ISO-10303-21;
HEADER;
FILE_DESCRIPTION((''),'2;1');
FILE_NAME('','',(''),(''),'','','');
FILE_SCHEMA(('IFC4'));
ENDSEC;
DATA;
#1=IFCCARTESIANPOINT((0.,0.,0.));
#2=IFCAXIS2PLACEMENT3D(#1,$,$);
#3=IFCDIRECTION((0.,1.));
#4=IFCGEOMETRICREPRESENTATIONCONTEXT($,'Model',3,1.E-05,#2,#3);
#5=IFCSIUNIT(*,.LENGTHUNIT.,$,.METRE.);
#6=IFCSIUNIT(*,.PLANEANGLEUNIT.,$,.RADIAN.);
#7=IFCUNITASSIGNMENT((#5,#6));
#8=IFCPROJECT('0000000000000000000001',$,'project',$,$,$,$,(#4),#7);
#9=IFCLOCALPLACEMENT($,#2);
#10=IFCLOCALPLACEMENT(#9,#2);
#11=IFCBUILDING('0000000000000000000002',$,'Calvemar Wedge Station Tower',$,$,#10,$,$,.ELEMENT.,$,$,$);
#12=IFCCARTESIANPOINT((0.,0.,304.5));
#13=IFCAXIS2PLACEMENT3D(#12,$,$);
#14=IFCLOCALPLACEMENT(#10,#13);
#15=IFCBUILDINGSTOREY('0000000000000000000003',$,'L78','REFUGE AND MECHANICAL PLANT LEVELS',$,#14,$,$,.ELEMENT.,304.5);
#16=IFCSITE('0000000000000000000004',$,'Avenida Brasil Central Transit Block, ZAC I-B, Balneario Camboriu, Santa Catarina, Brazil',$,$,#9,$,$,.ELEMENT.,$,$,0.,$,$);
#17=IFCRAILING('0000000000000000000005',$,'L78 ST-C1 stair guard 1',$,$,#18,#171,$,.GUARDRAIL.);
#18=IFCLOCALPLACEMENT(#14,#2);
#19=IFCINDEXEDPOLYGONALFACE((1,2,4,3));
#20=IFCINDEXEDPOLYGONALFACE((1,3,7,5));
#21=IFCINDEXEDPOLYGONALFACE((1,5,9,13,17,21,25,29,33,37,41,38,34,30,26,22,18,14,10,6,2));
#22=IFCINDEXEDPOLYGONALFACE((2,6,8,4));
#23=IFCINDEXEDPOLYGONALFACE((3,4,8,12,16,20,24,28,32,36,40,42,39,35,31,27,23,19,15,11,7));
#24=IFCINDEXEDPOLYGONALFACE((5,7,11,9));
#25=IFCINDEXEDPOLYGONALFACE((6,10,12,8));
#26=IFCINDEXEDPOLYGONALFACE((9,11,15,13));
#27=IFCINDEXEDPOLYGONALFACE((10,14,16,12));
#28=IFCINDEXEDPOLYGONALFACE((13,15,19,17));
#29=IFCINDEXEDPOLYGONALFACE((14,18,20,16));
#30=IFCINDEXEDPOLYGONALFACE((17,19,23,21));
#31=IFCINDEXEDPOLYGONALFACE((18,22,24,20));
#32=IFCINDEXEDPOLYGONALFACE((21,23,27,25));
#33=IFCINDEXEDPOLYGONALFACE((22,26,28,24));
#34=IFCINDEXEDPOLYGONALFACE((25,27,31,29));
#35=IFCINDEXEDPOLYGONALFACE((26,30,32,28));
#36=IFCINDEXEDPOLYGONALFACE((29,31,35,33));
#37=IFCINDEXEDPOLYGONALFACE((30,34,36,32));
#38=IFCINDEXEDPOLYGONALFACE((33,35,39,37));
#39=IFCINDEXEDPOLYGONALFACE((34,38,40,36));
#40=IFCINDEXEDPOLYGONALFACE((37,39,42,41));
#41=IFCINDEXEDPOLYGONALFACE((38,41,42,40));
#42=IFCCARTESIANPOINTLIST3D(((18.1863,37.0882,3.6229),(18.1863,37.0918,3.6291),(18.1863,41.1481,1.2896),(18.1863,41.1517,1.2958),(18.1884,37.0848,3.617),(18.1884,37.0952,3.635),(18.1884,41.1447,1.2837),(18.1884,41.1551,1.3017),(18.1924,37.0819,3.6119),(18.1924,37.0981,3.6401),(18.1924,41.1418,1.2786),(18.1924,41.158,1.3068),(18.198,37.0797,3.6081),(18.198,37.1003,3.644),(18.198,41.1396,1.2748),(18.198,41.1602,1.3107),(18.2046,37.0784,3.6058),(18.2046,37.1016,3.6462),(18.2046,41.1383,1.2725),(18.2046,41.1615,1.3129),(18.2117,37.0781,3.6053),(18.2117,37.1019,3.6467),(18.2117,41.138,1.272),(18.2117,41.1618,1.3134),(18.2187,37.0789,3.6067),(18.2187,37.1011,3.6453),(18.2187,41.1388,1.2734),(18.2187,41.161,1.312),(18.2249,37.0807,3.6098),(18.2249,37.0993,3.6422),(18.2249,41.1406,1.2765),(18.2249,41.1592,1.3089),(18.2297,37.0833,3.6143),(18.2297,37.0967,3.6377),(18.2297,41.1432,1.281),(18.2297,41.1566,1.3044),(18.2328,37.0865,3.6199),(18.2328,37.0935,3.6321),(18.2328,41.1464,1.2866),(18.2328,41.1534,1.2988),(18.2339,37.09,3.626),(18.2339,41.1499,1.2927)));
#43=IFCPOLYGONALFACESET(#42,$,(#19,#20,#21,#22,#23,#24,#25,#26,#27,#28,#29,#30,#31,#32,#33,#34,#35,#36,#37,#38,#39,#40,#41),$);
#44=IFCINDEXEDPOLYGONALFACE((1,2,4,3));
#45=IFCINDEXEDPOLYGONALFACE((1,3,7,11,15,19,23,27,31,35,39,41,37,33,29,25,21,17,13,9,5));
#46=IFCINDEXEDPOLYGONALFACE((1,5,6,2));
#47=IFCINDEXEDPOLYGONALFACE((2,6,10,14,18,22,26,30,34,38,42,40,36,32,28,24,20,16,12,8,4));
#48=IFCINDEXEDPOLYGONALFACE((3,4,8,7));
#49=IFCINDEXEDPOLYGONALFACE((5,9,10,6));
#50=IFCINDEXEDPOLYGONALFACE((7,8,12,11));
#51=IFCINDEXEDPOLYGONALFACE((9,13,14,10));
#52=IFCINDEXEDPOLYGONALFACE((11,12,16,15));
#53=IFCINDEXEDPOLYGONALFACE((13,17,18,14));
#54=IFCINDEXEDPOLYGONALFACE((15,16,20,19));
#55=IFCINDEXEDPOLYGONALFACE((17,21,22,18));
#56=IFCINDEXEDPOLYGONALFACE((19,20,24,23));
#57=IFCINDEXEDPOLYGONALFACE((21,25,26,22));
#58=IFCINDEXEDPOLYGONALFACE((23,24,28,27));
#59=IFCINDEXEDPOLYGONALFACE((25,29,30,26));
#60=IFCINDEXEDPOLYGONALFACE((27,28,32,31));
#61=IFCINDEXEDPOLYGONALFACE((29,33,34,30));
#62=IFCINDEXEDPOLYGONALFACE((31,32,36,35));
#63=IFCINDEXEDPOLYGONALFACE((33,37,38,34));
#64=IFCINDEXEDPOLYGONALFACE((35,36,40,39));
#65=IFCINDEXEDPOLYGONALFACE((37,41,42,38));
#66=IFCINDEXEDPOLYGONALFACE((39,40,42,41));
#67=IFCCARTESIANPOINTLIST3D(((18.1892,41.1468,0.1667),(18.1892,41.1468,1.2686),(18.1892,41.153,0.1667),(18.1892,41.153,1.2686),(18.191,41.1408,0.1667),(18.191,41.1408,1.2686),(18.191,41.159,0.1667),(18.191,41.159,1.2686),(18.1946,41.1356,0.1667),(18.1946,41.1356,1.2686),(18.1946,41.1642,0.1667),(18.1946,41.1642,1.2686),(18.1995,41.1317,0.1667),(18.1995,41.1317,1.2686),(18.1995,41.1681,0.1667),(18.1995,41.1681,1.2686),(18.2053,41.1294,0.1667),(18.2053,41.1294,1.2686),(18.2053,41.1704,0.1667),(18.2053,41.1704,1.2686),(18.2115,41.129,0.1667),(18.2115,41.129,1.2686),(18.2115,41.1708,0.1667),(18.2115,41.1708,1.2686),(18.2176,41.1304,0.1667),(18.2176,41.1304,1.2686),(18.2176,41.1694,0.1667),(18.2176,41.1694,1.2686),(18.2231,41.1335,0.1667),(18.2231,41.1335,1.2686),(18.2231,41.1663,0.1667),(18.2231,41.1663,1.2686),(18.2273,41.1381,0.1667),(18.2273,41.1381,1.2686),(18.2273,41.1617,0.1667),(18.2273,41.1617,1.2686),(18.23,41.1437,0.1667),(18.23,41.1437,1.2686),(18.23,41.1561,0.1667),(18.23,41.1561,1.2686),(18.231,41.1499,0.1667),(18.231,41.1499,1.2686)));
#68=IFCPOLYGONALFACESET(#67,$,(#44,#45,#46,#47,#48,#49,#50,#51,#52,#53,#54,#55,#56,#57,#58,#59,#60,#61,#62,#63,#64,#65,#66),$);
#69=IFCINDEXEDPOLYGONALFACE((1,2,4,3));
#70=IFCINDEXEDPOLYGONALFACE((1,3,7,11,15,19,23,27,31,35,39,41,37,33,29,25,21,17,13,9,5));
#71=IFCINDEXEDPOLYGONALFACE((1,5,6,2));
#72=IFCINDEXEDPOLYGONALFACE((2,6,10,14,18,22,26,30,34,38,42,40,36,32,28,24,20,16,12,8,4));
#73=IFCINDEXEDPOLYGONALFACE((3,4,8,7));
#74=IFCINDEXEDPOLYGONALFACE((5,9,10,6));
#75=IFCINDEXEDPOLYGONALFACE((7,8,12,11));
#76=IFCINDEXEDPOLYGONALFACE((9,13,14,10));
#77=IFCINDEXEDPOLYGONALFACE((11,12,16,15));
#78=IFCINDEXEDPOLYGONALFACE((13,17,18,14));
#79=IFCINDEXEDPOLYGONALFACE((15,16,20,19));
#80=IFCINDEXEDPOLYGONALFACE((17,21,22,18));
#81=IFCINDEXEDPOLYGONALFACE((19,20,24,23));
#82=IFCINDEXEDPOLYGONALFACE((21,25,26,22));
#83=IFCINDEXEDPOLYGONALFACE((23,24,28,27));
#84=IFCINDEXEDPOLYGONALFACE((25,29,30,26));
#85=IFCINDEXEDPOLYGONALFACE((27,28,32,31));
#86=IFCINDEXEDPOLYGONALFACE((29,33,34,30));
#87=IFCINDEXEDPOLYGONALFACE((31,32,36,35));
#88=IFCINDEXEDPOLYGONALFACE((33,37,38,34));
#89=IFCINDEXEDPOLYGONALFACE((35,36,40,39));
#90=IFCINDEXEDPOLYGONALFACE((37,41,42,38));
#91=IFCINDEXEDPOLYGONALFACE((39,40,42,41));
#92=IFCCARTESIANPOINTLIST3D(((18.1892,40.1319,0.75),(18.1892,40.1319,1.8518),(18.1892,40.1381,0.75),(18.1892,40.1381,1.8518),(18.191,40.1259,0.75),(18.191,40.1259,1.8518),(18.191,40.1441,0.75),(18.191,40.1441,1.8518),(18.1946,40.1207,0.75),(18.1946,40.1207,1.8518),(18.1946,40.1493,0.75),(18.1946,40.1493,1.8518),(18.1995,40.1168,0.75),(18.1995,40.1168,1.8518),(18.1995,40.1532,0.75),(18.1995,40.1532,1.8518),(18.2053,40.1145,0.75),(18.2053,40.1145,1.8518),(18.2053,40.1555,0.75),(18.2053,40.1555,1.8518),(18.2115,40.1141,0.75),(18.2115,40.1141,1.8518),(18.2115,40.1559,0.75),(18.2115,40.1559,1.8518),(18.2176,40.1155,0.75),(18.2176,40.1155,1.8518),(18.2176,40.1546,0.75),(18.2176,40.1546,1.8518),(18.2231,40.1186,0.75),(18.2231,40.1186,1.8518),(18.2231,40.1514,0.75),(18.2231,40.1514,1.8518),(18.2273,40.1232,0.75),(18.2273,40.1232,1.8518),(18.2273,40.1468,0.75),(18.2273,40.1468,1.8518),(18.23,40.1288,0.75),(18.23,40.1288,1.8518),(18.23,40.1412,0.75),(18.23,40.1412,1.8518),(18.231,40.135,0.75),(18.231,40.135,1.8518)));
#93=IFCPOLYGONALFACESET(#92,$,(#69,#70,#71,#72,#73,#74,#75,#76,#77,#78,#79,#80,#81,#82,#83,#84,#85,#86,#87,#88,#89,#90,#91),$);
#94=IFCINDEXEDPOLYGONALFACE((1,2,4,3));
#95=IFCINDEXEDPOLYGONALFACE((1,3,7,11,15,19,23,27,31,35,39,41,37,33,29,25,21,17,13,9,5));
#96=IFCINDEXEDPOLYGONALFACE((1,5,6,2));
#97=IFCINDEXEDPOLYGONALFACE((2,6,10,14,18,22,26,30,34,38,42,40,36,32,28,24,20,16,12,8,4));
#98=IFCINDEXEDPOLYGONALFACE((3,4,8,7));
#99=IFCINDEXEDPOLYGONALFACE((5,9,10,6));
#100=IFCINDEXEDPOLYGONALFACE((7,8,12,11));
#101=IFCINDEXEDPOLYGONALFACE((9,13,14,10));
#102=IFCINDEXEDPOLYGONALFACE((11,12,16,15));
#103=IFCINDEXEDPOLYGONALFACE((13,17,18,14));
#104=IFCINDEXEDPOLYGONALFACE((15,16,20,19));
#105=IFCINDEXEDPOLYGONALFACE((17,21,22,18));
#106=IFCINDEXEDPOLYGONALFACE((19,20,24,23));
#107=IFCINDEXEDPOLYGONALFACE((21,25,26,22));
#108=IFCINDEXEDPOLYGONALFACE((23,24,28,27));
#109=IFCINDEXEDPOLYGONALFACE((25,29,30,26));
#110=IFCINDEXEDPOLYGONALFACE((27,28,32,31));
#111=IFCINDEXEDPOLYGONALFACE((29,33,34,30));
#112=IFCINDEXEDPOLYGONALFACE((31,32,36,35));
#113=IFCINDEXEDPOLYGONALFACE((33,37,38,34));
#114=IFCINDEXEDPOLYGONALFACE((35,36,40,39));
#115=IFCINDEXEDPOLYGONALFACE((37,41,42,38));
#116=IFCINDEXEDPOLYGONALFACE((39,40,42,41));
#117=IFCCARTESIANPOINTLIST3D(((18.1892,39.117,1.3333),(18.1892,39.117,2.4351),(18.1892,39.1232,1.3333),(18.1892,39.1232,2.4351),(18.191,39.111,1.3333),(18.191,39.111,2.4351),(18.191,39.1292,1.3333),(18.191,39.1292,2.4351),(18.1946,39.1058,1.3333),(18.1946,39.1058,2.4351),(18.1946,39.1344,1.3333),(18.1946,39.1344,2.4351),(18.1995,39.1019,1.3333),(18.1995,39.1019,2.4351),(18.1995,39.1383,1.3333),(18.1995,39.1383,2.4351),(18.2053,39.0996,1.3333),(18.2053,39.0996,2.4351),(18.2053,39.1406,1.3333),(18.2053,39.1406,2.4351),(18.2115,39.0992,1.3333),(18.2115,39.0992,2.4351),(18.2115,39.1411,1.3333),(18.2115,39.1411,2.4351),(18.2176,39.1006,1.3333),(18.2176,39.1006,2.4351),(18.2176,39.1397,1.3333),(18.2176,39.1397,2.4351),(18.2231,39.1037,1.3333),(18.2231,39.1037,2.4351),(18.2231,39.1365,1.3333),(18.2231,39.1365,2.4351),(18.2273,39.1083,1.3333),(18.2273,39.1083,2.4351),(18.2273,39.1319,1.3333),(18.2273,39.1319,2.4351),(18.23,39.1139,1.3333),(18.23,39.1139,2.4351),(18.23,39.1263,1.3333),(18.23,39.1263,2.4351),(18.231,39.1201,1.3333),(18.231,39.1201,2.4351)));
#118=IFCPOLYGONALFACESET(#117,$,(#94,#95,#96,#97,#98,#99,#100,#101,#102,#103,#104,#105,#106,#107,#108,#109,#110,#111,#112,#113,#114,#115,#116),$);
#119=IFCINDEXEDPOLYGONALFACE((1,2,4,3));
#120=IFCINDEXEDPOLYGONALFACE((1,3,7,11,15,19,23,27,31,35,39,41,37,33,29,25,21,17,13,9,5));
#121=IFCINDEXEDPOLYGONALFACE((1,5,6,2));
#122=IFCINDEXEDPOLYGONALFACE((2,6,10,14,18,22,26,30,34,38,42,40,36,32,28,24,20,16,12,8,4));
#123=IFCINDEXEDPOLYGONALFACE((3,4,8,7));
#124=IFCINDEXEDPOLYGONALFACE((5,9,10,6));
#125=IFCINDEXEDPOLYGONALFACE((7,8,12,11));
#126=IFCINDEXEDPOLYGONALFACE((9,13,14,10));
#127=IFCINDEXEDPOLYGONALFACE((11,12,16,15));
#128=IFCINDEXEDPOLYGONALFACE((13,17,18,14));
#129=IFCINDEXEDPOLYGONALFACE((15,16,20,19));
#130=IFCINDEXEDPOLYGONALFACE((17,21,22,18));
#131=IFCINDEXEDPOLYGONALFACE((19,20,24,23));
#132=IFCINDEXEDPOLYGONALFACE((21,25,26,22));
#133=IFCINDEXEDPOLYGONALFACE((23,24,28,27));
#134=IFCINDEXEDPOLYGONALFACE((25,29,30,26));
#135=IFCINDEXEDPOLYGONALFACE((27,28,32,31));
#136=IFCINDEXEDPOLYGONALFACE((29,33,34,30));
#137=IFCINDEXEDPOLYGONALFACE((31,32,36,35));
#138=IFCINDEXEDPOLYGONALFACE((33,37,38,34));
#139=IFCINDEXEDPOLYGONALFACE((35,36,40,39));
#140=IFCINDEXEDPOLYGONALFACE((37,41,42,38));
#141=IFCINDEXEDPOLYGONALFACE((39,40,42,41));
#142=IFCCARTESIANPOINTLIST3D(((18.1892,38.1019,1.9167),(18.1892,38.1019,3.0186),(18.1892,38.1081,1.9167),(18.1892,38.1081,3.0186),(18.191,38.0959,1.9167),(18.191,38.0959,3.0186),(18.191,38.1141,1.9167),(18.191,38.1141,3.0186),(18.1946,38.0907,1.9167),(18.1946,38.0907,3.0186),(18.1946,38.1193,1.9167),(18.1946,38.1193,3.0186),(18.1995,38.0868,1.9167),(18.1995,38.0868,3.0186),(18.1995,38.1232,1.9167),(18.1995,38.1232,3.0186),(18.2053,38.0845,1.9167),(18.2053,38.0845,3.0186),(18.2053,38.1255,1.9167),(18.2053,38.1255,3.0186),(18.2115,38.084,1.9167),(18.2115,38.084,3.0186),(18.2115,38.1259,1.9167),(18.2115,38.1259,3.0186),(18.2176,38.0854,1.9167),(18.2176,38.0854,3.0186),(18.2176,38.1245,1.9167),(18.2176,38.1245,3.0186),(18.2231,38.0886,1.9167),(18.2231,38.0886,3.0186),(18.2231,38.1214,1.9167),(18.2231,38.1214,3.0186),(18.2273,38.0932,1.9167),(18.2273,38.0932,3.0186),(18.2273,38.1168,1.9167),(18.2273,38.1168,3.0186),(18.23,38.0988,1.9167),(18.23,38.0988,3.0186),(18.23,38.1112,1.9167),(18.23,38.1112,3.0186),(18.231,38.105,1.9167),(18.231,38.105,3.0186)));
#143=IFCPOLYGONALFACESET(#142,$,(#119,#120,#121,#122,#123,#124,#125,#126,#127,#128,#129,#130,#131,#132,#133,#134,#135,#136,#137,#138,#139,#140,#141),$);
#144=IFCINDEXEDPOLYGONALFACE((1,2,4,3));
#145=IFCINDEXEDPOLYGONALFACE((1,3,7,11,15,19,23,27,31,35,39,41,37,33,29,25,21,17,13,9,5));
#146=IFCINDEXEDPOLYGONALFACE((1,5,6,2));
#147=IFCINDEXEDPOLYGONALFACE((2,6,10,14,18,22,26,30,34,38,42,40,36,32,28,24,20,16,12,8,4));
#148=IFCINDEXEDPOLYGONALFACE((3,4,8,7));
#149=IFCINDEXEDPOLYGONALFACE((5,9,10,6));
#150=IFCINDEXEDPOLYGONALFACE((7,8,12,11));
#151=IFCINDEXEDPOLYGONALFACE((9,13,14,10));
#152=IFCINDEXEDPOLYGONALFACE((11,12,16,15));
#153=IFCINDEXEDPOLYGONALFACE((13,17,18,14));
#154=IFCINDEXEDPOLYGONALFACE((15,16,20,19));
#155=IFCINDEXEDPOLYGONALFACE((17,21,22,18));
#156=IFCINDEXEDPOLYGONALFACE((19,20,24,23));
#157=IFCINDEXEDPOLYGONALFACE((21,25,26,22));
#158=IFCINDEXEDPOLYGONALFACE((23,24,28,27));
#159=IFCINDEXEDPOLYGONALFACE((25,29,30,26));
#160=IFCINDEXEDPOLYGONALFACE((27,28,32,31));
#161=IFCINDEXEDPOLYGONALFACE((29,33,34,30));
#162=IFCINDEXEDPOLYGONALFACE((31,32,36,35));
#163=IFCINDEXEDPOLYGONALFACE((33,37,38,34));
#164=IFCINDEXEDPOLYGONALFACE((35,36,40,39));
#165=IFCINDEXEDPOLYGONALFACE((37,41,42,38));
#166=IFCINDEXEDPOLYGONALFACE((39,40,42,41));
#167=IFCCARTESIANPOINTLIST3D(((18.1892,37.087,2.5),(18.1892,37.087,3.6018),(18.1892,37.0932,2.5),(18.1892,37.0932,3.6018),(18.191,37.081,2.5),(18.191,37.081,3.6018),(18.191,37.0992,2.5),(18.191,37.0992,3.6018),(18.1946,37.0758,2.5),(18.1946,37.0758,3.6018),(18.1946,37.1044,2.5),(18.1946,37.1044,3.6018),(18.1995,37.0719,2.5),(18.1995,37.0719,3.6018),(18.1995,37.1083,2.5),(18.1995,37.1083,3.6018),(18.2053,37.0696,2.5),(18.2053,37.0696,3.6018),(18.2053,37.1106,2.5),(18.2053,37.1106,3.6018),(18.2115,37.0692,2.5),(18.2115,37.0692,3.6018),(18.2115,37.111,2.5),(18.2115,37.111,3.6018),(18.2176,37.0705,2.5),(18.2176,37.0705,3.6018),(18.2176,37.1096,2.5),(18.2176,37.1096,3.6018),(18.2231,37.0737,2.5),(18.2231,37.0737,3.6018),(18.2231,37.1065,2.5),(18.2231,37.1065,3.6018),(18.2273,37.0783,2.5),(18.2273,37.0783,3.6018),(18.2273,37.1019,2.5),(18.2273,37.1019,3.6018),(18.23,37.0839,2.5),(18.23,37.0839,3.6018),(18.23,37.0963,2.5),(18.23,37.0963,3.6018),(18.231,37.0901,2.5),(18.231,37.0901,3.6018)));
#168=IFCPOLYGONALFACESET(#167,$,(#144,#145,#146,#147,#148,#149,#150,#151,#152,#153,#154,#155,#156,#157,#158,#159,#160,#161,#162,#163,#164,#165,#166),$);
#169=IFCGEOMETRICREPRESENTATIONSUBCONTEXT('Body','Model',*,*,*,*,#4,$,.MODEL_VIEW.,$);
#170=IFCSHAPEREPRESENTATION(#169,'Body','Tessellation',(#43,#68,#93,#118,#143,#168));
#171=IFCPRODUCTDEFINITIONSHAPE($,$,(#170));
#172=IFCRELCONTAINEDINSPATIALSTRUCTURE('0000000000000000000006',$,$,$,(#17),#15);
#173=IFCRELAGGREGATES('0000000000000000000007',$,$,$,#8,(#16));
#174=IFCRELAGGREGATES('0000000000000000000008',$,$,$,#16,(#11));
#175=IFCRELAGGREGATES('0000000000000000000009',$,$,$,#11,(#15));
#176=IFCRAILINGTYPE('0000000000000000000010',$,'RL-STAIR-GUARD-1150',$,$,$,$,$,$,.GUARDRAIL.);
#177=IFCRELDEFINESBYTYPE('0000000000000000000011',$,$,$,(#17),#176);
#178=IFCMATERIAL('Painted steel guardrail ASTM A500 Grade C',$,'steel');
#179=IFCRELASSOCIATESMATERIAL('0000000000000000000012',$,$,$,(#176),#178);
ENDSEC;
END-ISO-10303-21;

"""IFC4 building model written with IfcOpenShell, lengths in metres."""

from ifc_helpers import new_model, si_unit, direction, frame, origin, origin_2d, place, context, subcontext, project, spatial, circle, extrude, material, type_object, element, save


model = new_model("IFC4")

# Units and contexts
model_context = context("Model", 3, precision=1e-05, world=origin(), true_north=direction((0.0, 1.0)))
body_context = subcontext(model_context, "Body", "Model", "MODEL_VIEW")
ifc_project = project(units=[si_unit("LENGTHUNIT", "METRE"), si_unit("PLANEANGLEUNIT", "RADIAN")], contexts=[model_context])

# Site, building, storey
site_placement = place(None, origin())
site = spatial("IfcSite", under=ifc_project, at=site_placement, Name="Avenida Brasil Central Transit Block, ZAC I-B, Balneario Camboriu, Santa Catarina, Brazil", CompositionType="ELEMENT", RefElevation=0.0)
building_placement = place(site_placement, origin())
building = spatial("IfcBuilding", under=site, at=building_placement, Name="Calvemar Wedge Station Tower", CompositionType="ELEMENT")
storey_placement = place(building_placement, frame((0.0, 0.0, 304.5)))
storey = spatial("IfcBuildingStorey", under=building, at=storey_placement, Name="L78", Description="REFUGE AND MECHANICAL PLANT LEVELS", CompositionType="ELEMENT", Elevation=304.5)

# Railing
ifc_material_1 = material(Name="Painted steel guardrail ASTM A500 Grade C", Category="steel")
railing_type_1 = type_object("IfcRailingType", Name="RL-STAIR-GUARD-1150", PredefinedType="GUARDRAIL", material=ifc_material_1)
railing_1_placement = place(storey_placement, frame((18.21, 41.1499, 0.1667)))
element("IfcRailing", 1, at=railing_1_placement, inside=storey, type_object=railing_type_1, Name="L78 ST-C1 stair guard 1", PredefinedType="GUARDRAIL", context=body_context, shape_type="SweptSolid", body=[
    extrude(circle(Radius=0.0239, at=origin_2d()), frame((0.0, 0.0, 1.126), z_axis=(0.0, -0.867012, 0.498288), x_axis=(1.0, 0.0, 0.0)), (0.0, 0.0, 1.0), 4.6826),
    extrude(circle(Radius=0.021, at=origin_2d()), origin(), (0.0, 0.0, 1.0), 1.1018),
    extrude(circle(Radius=0.021, at=origin_2d()), frame((0.0, -1.0149, 0.5833)), (0.0, 0.0, 1.0), 1.1018),
    extrude(circle(Radius=0.021, at=origin_2d()), frame((0.0, -2.0298, 1.1665)), (0.0, 0.0, 1.0), 1.1018),
    extrude(circle(Radius=0.021, at=origin_2d()), frame((0.0, -3.0449, 1.75)), (0.0, 0.0, 1.0), 1.1018),
    extrude(circle(Radius=0.021, at=origin_2d()), frame((0.0, -4.0598, 2.3333)), (0.0, 0.0, 1.0), 1.1018),
])

save(model, "model.ifc")
